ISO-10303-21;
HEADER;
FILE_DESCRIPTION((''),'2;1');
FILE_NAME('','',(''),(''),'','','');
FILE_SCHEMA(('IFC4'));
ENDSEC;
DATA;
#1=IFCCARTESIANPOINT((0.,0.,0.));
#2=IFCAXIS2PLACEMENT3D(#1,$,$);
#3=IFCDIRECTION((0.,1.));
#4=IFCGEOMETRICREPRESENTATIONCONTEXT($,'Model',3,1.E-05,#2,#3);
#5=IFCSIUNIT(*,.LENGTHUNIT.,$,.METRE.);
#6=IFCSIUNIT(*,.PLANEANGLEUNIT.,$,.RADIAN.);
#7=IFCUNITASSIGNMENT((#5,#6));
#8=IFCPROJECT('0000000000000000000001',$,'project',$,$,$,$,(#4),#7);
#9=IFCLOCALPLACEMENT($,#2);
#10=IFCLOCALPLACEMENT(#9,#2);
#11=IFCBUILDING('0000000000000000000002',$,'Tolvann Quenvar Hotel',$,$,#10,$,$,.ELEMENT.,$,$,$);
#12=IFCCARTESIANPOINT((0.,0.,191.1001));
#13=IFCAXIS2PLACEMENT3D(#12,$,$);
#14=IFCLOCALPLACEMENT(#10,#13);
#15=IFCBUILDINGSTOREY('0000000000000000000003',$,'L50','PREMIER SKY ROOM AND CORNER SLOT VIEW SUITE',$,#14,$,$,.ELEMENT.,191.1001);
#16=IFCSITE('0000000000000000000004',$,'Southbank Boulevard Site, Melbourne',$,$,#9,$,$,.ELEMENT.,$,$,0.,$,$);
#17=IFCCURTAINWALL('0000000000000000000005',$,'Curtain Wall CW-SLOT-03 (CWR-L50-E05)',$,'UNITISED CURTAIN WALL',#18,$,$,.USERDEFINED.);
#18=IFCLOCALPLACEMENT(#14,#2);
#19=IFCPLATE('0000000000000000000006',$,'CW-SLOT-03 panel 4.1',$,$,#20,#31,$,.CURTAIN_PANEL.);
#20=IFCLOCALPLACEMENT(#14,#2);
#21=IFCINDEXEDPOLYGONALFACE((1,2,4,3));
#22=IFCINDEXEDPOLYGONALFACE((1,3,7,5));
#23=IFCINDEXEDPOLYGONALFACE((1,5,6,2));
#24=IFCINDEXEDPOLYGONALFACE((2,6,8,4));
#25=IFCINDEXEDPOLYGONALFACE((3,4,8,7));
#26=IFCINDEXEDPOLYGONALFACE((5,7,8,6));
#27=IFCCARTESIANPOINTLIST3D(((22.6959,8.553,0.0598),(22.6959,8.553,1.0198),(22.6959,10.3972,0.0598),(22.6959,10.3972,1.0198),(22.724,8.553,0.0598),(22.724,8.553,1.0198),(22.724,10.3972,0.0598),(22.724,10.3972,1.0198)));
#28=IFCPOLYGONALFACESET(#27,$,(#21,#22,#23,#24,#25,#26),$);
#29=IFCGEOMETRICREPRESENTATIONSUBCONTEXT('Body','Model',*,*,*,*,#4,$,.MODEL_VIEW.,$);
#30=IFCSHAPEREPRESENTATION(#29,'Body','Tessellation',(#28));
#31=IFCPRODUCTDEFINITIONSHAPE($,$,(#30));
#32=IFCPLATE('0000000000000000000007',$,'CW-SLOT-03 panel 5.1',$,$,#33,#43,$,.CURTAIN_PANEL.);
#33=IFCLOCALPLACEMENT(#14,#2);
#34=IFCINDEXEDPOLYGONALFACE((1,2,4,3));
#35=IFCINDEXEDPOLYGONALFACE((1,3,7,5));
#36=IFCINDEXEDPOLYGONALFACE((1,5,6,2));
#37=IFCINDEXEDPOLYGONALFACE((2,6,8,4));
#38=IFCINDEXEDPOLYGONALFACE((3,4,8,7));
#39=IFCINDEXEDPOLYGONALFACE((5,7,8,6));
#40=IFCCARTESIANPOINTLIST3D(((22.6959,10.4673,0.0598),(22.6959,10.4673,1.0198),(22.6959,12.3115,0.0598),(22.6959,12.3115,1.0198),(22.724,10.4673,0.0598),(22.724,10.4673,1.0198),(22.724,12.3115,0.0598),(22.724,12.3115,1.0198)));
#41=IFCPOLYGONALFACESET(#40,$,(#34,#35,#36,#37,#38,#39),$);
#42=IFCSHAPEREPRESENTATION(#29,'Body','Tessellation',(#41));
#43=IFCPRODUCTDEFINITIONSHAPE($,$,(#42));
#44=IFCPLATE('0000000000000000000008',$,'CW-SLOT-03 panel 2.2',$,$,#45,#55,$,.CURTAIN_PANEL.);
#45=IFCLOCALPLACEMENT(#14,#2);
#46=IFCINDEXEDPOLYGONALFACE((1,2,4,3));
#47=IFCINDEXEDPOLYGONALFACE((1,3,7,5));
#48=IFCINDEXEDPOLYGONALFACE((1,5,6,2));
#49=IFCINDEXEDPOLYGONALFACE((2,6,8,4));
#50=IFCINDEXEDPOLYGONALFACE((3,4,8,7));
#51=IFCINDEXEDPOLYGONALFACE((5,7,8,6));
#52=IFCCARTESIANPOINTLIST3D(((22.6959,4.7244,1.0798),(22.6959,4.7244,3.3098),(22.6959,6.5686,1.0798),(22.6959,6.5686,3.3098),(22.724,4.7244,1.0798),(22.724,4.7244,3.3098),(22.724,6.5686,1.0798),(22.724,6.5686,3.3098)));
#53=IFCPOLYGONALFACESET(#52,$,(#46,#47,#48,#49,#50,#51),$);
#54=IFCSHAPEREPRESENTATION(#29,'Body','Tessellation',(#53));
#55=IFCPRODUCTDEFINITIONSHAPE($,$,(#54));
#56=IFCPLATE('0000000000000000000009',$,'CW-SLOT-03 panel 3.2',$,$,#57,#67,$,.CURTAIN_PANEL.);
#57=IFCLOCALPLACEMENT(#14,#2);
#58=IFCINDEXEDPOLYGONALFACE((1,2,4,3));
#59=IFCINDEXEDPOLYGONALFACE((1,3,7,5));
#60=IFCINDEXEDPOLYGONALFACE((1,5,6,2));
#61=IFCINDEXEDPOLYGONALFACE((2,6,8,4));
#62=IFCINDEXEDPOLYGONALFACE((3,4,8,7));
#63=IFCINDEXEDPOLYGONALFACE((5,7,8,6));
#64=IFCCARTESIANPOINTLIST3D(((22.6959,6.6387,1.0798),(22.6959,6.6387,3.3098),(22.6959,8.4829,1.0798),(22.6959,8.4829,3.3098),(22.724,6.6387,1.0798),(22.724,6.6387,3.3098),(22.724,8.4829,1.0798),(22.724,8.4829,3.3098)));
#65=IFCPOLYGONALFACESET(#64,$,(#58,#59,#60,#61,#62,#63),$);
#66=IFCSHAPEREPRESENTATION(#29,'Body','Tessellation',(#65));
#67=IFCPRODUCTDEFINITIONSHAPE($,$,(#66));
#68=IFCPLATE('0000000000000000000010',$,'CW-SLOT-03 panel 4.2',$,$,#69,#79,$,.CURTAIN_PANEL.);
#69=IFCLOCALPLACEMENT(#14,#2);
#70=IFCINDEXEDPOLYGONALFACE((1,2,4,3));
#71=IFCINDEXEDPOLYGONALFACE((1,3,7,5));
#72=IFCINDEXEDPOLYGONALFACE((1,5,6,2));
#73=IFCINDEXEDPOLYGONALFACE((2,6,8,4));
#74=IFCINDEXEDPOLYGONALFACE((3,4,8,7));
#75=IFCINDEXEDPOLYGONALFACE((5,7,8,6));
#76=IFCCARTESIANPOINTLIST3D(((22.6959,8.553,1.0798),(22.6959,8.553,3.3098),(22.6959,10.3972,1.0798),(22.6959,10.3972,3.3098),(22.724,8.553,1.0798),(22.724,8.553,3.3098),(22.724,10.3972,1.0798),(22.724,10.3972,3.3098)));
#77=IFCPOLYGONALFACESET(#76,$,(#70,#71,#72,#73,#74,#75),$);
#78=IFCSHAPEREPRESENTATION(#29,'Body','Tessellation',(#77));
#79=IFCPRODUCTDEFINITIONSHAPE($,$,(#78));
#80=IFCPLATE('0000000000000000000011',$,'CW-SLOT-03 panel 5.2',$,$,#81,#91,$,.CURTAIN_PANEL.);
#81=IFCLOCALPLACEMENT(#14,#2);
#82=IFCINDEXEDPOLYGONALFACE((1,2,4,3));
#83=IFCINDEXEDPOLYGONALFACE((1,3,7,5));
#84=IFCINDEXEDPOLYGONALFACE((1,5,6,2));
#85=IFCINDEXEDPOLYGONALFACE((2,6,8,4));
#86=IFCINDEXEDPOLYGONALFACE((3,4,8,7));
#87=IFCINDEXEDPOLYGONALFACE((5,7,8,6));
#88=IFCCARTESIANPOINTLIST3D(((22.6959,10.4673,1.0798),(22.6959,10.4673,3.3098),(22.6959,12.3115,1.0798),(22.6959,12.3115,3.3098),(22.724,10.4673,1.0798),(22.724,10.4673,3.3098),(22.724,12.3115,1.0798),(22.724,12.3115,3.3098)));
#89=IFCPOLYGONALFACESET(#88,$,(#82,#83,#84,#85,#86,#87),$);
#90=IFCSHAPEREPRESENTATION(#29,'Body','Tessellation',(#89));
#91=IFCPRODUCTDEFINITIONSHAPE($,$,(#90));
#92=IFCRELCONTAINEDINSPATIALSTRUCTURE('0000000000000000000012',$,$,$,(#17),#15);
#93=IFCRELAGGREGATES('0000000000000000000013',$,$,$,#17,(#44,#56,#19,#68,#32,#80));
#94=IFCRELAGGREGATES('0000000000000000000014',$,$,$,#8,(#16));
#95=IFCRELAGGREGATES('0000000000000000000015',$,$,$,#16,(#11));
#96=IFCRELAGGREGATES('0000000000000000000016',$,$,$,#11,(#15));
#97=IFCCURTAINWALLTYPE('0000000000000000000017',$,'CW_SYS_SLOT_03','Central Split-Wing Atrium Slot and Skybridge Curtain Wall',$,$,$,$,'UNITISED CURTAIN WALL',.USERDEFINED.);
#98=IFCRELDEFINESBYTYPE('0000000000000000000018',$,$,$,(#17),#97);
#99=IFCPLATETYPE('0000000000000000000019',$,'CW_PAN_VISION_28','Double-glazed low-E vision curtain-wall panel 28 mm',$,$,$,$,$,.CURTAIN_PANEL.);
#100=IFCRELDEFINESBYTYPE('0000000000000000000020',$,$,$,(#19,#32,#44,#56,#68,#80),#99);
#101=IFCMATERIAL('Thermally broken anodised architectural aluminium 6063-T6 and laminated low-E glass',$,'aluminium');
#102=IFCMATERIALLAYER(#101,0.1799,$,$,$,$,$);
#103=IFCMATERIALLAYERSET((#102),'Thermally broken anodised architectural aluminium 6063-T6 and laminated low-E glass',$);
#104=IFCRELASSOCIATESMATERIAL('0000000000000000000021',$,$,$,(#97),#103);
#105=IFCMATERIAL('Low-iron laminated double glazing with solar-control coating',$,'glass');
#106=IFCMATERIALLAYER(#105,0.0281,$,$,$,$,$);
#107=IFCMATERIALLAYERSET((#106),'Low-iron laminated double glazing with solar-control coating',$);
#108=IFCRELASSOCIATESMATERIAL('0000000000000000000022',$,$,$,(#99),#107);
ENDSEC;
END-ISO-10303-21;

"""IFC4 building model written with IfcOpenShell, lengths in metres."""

from ifc_helpers import new_model, si_unit, direction, frame, origin, origin_2d, place, context, subcontext, project, spatial, rectangle, extrude, source, transform, mapped, material, layer, layer_set, type_object, element, aggregate, save


model = new_model("IFC4")

# Units and contexts
model_context = context("Model", 3, precision=1e-05, world=origin(), true_north=direction((0.0, 1.0)))
body_context = subcontext(model_context, "Body", "Model", "MODEL_VIEW")
ifc_project = project(units=[si_unit("LENGTHUNIT", "METRE"), si_unit("PLANEANGLEUNIT", "RADIAN")], contexts=[model_context])

# Site, building, storey
site_placement = place(None, origin())
site = spatial("IfcSite", under=ifc_project, at=site_placement, Name="Southbank Boulevard Site, Melbourne", CompositionType="ELEMENT", RefElevation=0.0)
building_placement = place(site_placement, origin())
building = spatial("IfcBuilding", under=site, at=building_placement, Name="Tolvann Quenvar Hotel", CompositionType="ELEMENT")
storey_placement = place(building_placement, frame((0.0, 0.0, 191.1001)))
storey = spatial("IfcBuildingStorey", under=building, at=storey_placement, Name="L50", Description="PREMIER SKY ROOM AND CORNER SLOT VIEW SUITE", CompositionType="ELEMENT", Elevation=191.1001)

# Curtain wall, plates
ifc_material_1 = material(Name="Thermally broken anodised architectural aluminium 6063-T6 and laminated low-E glass", Category="aluminium")
ifc_layer_1 = layer(ifc_material_1, 0.1799)
ifc_layer_set_1 = layer_set([ifc_layer_1], Name="Thermally broken anodised architectural aluminium 6063-T6 and laminated low-E glass")
curtain_wall_type = type_object("IfcCurtainWallType", Name="CW_SYS_SLOT_03", Description="Central Split-Wing Atrium Slot and Skybridge Curtain Wall", ElementType="UNITISED CURTAIN WALL", PredefinedType="USERDEFINED", material=ifc_layer_set_1)
curtain_wall_placement = place(storey_placement, origin())
curtain_wall = element("IfcCurtainWall", 1, at=curtain_wall_placement, inside=storey, type_object=curtain_wall_type, Name="Curtain Wall CW-SLOT-03 (CWR-L50-E05)", ObjectType="UNITISED CURTAIN WALL", PredefinedType="USERDEFINED")
ifc_material_2 = material(Name="Low-iron laminated double glazing with solar-control coating", Category="glass")
ifc_layer_2 = layer(ifc_material_2, 0.0281)
ifc_layer_set_2 = layer_set([ifc_layer_2], Name="Low-iron laminated double glazing with solar-control coating")
plate_type = type_object("IfcPlateType", Name="CW_PAN_VISION_28", Description="Double-glazed low-E vision curtain-wall panel 28 mm", PredefinedType="CURTAIN_PANEL", material=ifc_layer_set_2)
shared_shape_1 = source(origin(), body_context, "Body", "SweptSolid", [
    extrude(rectangle(XDim=1.8442, YDim=0.0281, at=origin_2d()), origin(), (0.0, 0.0, 1.0), 0.96),
])
plate_1_placement = place(storey_placement, frame((22.71, 9.4751, 0.0598), z_axis=(0.0, 0.0, 1.0), x_axis=(0.0, 1.0, 0.0)))
plate_1 = element("IfcPlate", 2, at=plate_1_placement, type_object=plate_type, Name="CW-SLOT-03 panel 4.1", PredefinedType="CURTAIN_PANEL", context=body_context, shape_type="MappedRepresentation", body=[
    mapped(shared_shape_1, transform((0.0, 0.0, 0.0), x_axis=(1.0, 0.0, 0.0), y_axis=(0.0, 1.0, 0.0), z_axis=(0.0, 0.0, 1.0), scale=1.0)),
])
plate_2_placement = place(storey_placement, frame((22.71, 11.3894, 0.0598), z_axis=(0.0, 0.0, 1.0), x_axis=(0.0, 1.0, 0.0)))
plate_2 = element("IfcPlate", 3, at=plate_2_placement, type_object=plate_type, Name="CW-SLOT-03 panel 5.1", PredefinedType="CURTAIN_PANEL", context=body_context, shape_type="MappedRepresentation", body=[
    mapped(shared_shape_1, transform((0.0, 0.0, 0.0), x_axis=(1.0, 0.0, 0.0), y_axis=(0.0, 1.0, 0.0), z_axis=(0.0, 0.0, 1.0), scale=1.0)),
])
shared_shape_2 = source(origin(), body_context, "Body", "SweptSolid", [
    extrude(rectangle(XDim=1.8442, YDim=0.0281, at=origin_2d()), origin(), (0.0, 0.0, 1.0), 2.23),
])
plate_3_placement = place(storey_placement, frame((22.71, 5.6465, 1.0798), z_axis=(0.0, 0.0, 1.0), x_axis=(0.0, 1.0, 0.0)))
plate_3 = element("IfcPlate", 4, at=plate_3_placement, type_object=plate_type, Name="CW-SLOT-03 panel 2.2", PredefinedType="CURTAIN_PANEL", context=body_context, shape_type="MappedRepresentation", body=[
    mapped(shared_shape_2, transform((0.0, 0.0, 0.0), x_axis=(1.0, 0.0, 0.0), y_axis=(0.0, 1.0, 0.0), z_axis=(0.0, 0.0, 1.0), scale=1.0)),
])
plate_4_placement = place(storey_placement, frame((22.71, 7.5608, 1.0798), z_axis=(0.0, 0.0, 1.0), x_axis=(0.0, 1.0, 0.0)))
plate_4 = element("IfcPlate", 5, at=plate_4_placement, type_object=plate_type, Name="CW-SLOT-03 panel 3.2", PredefinedType="CURTAIN_PANEL", context=body_context, shape_type="MappedRepresentation", body=[
    mapped(shared_shape_2, transform((0.0, 0.0, 0.0), x_axis=(1.0, 0.0, 0.0), y_axis=(0.0, 1.0, 0.0), z_axis=(0.0, 0.0, 1.0), scale=1.0)),
])
plate_5_placement = place(storey_placement, frame((22.71, 9.4751, 1.0798), z_axis=(0.0, 0.0, 1.0), x_axis=(0.0, 1.0, 0.0)))
plate_5 = element("IfcPlate", 6, at=plate_5_placement, type_object=plate_type, Name="CW-SLOT-03 panel 4.2", PredefinedType="CURTAIN_PANEL", context=body_context, shape_type="MappedRepresentation", body=[
    mapped(shared_shape_2, transform((0.0, 0.0, 0.0), x_axis=(1.0, 0.0, 0.0), y_axis=(0.0, 1.0, 0.0), z_axis=(0.0, 0.0, 1.0), scale=1.0)),
])
plate_6_placement = place(storey_placement, frame((22.71, 11.3894, 1.0798), z_axis=(0.0, 0.0, 1.0), x_axis=(0.0, 1.0, 0.0)))
plate_6 = element("IfcPlate", 7, at=plate_6_placement, type_object=plate_type, Name="CW-SLOT-03 panel 5.2", PredefinedType="CURTAIN_PANEL", context=body_context, shape_type="MappedRepresentation", body=[
    mapped(shared_shape_2, transform((0.0, 0.0, 0.0), x_axis=(1.0, 0.0, 0.0), y_axis=(0.0, 1.0, 0.0), z_axis=(0.0, 0.0, 1.0), scale=1.0)),
])
aggregate(curtain_wall, [plate_3, plate_4, plate_1, plate_5, plate_2, plate_6])

save(model, "model.ifc")
